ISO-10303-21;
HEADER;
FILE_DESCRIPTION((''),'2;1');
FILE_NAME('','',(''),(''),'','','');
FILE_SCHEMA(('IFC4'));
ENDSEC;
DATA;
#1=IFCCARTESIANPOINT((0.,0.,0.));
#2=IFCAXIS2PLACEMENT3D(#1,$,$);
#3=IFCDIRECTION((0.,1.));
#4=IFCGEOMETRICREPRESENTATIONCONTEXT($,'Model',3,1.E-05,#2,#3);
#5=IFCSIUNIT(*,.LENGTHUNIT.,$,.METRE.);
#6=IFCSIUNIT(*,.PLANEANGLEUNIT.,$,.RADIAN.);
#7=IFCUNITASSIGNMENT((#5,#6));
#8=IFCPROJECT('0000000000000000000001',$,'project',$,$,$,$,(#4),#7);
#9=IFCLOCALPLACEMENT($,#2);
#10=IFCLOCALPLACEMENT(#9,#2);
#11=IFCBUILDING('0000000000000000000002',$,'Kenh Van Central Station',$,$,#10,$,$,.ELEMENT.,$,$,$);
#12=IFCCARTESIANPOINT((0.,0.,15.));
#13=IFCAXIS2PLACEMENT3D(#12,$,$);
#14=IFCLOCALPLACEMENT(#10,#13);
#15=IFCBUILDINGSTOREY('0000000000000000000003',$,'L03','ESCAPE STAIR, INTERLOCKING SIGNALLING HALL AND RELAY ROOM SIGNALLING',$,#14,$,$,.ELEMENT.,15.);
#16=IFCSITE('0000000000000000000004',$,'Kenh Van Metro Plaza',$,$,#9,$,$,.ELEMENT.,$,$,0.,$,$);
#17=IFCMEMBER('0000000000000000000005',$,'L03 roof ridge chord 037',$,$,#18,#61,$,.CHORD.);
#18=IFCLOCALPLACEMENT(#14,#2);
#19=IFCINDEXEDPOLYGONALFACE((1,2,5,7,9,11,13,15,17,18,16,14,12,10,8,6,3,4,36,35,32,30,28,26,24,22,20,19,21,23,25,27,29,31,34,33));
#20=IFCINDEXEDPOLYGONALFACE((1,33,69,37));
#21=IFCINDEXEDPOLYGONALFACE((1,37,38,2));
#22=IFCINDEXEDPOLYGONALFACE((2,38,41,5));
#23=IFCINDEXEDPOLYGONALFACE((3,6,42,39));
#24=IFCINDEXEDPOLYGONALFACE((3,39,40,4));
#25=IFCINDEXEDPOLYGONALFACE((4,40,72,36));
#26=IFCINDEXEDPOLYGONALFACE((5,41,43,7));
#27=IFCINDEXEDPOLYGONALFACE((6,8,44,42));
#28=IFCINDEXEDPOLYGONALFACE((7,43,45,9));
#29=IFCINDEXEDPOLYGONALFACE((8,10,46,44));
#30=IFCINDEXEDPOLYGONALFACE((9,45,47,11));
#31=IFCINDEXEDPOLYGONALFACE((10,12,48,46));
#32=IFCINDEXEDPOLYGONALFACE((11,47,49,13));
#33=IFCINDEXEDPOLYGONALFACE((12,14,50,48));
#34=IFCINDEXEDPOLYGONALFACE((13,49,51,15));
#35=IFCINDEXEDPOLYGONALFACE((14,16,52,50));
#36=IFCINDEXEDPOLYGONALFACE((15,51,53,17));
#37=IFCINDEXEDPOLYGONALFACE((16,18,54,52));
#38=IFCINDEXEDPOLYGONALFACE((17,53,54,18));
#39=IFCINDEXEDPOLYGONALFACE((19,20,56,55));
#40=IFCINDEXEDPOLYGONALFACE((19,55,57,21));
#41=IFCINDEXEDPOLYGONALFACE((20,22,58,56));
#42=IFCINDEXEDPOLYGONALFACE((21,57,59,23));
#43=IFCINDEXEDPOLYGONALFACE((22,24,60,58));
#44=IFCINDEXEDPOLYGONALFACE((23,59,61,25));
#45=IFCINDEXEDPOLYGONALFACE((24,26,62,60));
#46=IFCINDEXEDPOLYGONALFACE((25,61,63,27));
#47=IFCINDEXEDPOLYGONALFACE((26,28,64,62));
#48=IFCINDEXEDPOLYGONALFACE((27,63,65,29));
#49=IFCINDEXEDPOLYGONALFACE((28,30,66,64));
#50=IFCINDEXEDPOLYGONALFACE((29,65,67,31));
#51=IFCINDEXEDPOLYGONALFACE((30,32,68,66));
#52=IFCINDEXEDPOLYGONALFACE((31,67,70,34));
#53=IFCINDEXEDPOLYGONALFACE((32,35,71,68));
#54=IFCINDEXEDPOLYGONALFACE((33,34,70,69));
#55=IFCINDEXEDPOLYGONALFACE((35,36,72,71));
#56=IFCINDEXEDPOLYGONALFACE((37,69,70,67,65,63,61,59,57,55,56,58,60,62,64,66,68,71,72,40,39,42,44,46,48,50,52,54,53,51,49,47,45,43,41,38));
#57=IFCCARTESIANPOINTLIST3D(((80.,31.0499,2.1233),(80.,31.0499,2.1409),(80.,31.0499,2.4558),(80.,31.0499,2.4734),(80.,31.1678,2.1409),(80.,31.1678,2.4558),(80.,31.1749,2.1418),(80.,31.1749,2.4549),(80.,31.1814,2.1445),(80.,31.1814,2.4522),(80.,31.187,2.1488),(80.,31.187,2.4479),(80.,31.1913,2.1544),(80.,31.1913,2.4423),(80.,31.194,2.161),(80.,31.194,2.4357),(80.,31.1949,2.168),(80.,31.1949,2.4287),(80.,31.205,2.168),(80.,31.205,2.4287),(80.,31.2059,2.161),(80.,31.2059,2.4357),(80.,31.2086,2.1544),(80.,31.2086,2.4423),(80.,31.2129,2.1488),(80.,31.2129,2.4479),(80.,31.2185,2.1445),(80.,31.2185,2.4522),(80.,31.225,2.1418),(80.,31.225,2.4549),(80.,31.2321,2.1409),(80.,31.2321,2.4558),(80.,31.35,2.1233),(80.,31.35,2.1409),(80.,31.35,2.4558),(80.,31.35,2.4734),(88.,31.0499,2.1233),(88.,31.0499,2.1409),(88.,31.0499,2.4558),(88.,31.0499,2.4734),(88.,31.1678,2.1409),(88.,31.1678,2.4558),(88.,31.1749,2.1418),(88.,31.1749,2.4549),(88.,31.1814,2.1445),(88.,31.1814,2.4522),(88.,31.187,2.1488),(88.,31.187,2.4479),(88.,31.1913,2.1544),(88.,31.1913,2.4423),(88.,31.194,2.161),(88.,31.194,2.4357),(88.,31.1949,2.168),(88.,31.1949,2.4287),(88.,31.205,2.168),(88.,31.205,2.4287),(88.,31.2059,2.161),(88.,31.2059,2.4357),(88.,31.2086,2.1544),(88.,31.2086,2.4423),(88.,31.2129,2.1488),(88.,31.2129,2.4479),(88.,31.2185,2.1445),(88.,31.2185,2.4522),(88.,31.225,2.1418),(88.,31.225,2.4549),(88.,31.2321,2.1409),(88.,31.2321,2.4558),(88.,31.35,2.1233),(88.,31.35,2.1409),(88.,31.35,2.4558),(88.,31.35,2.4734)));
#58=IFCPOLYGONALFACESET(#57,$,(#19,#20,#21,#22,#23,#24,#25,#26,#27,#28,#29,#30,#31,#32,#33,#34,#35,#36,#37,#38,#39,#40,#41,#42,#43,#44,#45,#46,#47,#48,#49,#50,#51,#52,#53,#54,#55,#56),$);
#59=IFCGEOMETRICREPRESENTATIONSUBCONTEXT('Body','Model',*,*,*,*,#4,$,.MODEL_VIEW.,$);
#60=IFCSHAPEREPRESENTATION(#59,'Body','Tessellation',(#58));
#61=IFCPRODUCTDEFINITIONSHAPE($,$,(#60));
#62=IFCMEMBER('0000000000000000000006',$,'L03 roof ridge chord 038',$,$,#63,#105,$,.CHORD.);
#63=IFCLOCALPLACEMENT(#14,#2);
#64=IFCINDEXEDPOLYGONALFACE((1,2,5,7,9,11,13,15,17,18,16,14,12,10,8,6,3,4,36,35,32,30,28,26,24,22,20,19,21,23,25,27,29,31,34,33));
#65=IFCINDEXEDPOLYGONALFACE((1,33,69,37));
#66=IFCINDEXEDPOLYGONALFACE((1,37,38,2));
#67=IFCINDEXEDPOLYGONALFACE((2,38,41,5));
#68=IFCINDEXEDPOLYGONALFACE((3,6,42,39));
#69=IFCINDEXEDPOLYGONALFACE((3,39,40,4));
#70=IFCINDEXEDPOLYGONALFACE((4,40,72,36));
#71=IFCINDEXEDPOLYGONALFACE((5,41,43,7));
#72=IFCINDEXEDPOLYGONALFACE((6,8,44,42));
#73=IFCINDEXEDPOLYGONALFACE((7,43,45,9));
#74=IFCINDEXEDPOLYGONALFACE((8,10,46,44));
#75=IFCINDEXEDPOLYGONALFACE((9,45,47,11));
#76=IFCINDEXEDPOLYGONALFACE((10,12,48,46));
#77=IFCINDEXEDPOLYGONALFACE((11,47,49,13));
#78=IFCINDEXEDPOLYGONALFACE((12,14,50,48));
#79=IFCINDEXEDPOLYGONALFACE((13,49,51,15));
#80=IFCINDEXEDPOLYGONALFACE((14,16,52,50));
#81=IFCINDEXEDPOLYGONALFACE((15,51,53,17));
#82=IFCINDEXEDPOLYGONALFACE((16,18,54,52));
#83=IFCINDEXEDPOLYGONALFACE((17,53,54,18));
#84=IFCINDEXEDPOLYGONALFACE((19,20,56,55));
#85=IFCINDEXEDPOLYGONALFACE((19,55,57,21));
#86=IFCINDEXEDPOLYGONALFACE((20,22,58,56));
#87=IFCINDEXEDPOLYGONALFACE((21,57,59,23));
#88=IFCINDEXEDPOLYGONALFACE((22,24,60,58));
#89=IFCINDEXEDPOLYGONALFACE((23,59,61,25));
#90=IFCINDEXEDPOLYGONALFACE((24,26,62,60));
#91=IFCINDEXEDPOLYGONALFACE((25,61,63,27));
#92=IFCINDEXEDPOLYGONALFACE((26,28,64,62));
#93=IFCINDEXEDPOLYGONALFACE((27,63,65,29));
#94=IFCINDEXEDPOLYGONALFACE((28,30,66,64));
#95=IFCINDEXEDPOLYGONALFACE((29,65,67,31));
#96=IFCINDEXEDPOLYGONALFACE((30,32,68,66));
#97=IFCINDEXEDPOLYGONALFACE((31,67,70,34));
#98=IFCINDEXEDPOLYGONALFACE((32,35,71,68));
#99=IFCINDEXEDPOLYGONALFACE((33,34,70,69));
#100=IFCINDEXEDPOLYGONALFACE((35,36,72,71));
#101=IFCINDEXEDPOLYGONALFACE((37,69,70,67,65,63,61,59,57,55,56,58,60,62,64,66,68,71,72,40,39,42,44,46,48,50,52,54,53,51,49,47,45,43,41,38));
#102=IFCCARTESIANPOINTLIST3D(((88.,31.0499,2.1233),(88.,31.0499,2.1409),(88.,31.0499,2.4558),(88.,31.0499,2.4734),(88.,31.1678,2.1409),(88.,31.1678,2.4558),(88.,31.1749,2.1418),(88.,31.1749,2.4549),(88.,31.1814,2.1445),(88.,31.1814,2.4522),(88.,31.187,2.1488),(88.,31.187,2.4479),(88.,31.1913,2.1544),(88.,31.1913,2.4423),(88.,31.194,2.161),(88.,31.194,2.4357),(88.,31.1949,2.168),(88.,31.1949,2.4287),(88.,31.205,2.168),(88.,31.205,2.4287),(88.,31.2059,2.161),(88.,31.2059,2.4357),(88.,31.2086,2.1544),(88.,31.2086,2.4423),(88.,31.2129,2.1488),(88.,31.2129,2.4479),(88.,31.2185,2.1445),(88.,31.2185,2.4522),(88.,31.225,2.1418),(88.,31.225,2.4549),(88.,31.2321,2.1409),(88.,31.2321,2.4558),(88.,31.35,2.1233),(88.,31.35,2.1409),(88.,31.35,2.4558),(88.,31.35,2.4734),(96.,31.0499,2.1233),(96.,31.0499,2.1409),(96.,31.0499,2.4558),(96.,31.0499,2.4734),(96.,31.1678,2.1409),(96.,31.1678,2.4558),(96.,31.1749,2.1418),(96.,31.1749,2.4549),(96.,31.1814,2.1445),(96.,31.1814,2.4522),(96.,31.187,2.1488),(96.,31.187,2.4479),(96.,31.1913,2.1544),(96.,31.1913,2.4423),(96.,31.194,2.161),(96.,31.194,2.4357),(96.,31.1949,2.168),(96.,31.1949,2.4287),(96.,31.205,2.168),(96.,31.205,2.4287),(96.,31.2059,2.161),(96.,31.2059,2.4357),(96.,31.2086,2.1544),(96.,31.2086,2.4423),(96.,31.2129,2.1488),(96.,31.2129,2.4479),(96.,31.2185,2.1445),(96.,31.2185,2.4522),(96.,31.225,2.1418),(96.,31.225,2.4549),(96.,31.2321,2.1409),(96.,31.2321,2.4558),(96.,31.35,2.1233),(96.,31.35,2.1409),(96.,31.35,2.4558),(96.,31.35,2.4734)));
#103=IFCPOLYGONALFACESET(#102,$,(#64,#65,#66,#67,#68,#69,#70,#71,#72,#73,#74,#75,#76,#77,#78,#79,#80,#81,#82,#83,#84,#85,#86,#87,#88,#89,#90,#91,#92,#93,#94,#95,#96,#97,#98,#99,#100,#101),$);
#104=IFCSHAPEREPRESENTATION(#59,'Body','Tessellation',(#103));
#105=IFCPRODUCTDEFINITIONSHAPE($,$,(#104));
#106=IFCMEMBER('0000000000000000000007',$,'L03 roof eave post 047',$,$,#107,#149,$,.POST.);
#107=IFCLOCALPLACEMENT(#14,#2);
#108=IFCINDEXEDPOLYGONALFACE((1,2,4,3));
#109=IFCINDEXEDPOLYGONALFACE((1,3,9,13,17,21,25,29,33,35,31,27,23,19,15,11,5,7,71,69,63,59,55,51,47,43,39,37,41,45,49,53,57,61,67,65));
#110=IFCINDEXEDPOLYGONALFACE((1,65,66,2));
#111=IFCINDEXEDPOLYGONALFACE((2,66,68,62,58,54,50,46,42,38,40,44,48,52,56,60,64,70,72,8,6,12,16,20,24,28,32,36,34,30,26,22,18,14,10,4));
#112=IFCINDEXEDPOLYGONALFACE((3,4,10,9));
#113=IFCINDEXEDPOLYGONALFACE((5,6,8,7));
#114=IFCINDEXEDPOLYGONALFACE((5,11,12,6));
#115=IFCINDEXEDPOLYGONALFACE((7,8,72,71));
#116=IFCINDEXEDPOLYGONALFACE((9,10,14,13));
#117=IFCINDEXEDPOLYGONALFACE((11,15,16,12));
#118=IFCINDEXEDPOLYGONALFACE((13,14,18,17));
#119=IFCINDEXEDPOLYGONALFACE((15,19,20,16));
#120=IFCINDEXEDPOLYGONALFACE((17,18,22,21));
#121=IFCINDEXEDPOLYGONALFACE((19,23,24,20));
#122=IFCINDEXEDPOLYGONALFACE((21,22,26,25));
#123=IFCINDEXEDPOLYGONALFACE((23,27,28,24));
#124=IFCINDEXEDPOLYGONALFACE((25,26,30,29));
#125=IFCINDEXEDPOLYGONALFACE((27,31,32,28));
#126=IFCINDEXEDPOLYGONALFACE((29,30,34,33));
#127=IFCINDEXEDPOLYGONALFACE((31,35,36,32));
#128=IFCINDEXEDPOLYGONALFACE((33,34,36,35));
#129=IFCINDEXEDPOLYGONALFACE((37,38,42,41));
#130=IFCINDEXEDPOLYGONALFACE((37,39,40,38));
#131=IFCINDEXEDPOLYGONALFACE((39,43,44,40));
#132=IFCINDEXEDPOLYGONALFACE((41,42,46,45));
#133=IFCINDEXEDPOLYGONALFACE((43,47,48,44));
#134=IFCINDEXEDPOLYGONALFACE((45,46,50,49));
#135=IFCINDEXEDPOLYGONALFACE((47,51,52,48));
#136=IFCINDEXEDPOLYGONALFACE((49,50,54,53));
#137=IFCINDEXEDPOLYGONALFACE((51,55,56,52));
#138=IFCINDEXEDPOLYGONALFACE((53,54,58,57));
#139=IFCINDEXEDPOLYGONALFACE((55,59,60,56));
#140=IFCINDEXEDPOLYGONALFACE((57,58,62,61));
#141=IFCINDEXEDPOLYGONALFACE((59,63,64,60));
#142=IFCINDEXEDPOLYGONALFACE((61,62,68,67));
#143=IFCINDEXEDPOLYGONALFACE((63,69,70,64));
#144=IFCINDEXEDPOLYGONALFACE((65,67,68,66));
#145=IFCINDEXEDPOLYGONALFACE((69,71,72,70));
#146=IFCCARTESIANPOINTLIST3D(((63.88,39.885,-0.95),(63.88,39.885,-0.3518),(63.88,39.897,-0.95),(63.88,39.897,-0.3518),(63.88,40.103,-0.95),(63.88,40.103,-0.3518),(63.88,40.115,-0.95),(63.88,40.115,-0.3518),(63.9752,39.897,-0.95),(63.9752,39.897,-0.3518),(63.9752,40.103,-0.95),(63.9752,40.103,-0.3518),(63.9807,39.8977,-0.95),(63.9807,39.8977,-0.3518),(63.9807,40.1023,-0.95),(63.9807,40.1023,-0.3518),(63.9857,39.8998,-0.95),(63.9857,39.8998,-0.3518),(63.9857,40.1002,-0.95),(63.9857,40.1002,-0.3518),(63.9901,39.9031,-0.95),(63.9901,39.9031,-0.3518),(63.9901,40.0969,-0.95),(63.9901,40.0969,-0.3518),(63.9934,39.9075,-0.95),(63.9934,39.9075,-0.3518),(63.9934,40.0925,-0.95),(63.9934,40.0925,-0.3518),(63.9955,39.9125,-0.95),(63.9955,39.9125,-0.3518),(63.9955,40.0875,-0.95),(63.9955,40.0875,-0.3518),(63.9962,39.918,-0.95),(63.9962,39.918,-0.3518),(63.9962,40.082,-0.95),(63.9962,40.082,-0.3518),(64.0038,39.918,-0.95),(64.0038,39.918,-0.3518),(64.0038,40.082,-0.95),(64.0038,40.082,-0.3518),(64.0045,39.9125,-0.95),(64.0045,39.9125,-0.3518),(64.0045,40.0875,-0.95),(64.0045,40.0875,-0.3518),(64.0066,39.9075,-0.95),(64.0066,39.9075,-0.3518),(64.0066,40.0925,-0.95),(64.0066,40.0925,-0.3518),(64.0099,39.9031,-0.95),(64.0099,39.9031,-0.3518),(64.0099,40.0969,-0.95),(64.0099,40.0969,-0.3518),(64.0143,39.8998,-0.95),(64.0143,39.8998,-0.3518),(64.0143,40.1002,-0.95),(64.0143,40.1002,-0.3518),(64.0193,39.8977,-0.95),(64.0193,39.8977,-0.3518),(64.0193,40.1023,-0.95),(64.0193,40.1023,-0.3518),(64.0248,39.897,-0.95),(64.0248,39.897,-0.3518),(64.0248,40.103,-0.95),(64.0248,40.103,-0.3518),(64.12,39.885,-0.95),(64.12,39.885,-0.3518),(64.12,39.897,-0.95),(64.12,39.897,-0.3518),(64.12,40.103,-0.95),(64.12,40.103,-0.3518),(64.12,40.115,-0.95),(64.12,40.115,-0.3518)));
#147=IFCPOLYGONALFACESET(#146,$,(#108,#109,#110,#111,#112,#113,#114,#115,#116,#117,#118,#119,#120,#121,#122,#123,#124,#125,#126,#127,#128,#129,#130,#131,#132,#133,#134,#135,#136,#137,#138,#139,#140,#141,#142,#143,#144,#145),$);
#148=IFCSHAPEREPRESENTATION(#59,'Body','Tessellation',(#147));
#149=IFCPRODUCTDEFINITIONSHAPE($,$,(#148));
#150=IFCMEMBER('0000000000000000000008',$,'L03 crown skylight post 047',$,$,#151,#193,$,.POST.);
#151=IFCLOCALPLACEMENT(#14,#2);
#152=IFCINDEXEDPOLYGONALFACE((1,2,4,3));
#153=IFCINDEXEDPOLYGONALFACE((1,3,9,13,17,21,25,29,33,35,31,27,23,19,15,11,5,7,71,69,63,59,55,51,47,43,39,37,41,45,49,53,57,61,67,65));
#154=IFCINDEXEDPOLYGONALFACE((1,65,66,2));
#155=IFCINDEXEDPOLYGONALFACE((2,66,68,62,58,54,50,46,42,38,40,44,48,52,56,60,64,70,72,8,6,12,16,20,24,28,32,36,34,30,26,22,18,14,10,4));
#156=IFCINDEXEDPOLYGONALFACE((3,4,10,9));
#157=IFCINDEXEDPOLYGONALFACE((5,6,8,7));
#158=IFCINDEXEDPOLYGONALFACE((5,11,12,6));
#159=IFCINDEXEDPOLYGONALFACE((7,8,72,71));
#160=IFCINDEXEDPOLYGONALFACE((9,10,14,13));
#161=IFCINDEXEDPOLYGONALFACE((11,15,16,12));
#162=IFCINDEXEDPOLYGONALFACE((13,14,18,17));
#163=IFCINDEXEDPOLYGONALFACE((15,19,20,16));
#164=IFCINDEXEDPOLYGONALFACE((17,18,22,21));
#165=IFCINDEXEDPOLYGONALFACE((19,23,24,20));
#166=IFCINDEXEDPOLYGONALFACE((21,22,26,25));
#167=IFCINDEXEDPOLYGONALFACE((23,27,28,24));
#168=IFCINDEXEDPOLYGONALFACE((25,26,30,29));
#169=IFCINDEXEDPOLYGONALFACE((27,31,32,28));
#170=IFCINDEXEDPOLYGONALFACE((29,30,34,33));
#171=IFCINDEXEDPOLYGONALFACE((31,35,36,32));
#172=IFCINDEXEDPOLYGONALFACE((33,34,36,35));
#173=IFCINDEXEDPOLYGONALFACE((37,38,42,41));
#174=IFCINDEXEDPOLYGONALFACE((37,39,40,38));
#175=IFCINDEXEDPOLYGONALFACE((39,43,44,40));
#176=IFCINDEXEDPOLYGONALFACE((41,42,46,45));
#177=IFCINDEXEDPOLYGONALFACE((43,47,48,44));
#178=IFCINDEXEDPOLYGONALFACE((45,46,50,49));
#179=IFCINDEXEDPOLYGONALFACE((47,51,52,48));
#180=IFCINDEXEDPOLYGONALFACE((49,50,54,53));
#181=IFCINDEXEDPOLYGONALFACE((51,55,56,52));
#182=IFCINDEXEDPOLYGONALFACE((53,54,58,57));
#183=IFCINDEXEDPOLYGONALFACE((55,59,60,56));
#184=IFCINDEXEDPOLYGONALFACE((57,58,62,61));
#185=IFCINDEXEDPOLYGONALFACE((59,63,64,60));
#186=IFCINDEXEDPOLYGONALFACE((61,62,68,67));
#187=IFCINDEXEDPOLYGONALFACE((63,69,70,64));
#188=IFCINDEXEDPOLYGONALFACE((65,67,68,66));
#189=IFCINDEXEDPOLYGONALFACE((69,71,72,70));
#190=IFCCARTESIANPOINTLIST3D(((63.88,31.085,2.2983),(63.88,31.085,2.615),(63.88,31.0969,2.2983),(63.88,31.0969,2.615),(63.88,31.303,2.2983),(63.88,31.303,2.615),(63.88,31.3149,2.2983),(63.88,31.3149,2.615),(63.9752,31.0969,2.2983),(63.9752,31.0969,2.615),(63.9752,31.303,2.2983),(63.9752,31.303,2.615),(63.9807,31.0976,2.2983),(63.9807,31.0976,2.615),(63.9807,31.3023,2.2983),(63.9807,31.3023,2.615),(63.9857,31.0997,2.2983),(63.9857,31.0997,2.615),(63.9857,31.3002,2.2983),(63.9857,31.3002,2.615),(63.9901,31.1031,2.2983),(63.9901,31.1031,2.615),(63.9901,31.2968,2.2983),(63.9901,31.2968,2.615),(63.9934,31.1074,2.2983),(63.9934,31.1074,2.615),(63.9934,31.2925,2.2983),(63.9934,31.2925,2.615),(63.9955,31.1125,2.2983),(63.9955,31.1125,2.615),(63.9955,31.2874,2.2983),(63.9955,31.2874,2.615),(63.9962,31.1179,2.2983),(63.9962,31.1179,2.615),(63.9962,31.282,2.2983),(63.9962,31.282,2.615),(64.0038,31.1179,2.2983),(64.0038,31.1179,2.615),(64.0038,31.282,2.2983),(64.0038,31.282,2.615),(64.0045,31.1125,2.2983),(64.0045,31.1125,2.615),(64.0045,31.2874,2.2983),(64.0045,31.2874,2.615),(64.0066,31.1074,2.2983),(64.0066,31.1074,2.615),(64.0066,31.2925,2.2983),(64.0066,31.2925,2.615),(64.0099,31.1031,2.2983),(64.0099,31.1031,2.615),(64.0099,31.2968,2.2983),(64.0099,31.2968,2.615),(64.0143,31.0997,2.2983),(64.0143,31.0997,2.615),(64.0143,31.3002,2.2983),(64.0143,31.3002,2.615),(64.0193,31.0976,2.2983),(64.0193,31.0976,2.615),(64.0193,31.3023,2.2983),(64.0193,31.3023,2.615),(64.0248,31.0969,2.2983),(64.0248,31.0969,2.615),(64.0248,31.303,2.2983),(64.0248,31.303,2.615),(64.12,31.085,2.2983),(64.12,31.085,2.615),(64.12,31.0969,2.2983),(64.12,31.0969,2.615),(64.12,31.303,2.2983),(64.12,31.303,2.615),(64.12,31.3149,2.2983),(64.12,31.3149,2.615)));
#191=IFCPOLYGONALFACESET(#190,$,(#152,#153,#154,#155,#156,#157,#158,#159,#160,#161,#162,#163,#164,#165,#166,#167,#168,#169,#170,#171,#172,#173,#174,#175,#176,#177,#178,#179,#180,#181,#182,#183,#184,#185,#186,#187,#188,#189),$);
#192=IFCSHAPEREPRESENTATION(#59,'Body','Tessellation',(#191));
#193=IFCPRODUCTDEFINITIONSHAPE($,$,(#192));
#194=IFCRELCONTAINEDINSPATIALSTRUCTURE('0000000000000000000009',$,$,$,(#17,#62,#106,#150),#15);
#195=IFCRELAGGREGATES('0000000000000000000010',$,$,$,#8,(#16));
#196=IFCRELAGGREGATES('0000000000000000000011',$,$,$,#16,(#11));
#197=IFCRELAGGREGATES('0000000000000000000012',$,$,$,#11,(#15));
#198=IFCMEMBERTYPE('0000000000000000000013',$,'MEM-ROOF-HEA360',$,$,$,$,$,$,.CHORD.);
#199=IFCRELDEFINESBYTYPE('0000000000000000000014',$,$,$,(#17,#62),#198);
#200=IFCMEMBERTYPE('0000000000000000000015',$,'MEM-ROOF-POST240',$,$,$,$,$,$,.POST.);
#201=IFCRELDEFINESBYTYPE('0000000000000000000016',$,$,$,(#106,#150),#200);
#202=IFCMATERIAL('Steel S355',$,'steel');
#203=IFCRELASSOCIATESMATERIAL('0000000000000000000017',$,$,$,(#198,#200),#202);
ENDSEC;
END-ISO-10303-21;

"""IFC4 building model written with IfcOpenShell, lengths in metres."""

from ifc_helpers import new_model, si_unit, direction, frame, origin, origin_2d, place, context, subcontext, project, spatial, i_section, extrude, material, material_profile, profile_set, type_object, element, save


model = new_model("IFC4")

# Units and contexts
model_context = context("Model", 3, precision=1e-05, world=origin(), true_north=direction((0.0, 1.0)))
body_context = subcontext(model_context, "Body", "Model", "MODEL_VIEW")
ifc_project = project(units=[si_unit("LENGTHUNIT", "METRE"), si_unit("PLANEANGLEUNIT", "RADIAN")], contexts=[model_context])

# Site, building, storey
site_placement = place(None, origin())
site = spatial("IfcSite", under=ifc_project, at=site_placement, Name="Kenh Van Metro Plaza", CompositionType="ELEMENT", RefElevation=0.0)
building_placement = place(site_placement, origin())
building = spatial("IfcBuilding", under=site, at=building_placement, Name="Kenh Van Central Station", CompositionType="ELEMENT")
storey_placement = place(building_placement, frame((0.0, 0.0, 15.0)))
storey = spatial("IfcBuildingStorey", under=building, at=storey_placement, Name="L03", Description="ESCAPE STAIR, INTERLOCKING SIGNALLING HALL AND RELAY ROOM SIGNALLING", CompositionType="ELEMENT", Elevation=15.0)

# Shared definitions
ifc_material_1 = material(Name="Steel S355", Category="steel")

# Members
ifc_material_profile_1 = material_profile(ifc_material_1, i_section(OverallWidth=0.3, OverallDepth=0.3501, WebThickness=0.01, FlangeThickness=0.0176, FilletRadius=0.0271, at=origin_2d()), Name="HEA 360")
ifc_profile_set_1 = profile_set([ifc_material_profile_1], Name="Steel S355")
member_type_1 = type_object("IfcMemberType", Name="MEM-ROOF-HEA360", PredefinedType="CHORD", material=ifc_profile_set_1)
for number, where, z_axis, x_axis, name in (
    (1, (80.0, 31.2, 2.2983), (1.0, 0.0, 0.0), (0.0, 1.0, 0.0), "L03 roof ridge chord 037"),
    (2, (88.0, 31.2, 2.2983), (1.0, 0.0, 0.0), (0.0, 1.0, 0.0), "L03 roof ridge chord 038"),
):
    element("IfcMember", number, at=place(storey_placement, frame(where, z_axis=z_axis, x_axis=x_axis)), inside=storey, type_object=member_type_1, Name=name, PredefinedType="CHORD", context=body_context, shape_type="SweptSolid", body=[
        extrude(i_section(OverallWidth=0.3, OverallDepth=0.3501, WebThickness=0.01, FlangeThickness=0.0176, FilletRadius=0.0271, at=origin_2d()), origin(), (0.0, 0.0, 1.0), 8.0),
    ])
ifc_material_profile_2 = material_profile(ifc_material_1, i_section(OverallWidth=0.24, OverallDepth=0.23, WebThickness=0.0076, FlangeThickness=0.012, FilletRadius=0.021, at=origin_2d()), Name="HEA 240")
ifc_profile_set_2 = profile_set([ifc_material_profile_2], Name="Steel S355")
member_type_2 = type_object("IfcMemberType", Name="MEM-ROOF-POST240", PredefinedType="POST", material=ifc_profile_set_2)
member_1_placement = place(storey_placement, frame((64.0, 40.0, -0.95), z_axis=(0.0, 0.0, 1.0), x_axis=(1.0, 0.0, 0.0)))
element("IfcMember", 3, at=member_1_placement, inside=storey, type_object=member_type_2, Name="L03 roof eave post 047", PredefinedType="POST", context=body_context, shape_type="SweptSolid", body=[
    extrude(i_section(OverallWidth=0.24, OverallDepth=0.23, WebThickness=0.0076, FlangeThickness=0.012, FilletRadius=0.021, at=origin_2d()), origin(), (0.0, 0.0, 1.0), 0.5981),
])
member_2_placement = place(storey_placement, frame((64.0, 31.2, 2.2983), z_axis=(0.0, 0.0, 1.0), x_axis=(1.0, 0.0, 0.0)))
element("IfcMember", 4, at=member_2_placement, inside=storey, type_object=member_type_2, Name="L03 crown skylight post 047", PredefinedType="POST", context=body_context, shape_type="SweptSolid", body=[
    extrude(i_section(OverallWidth=0.24, OverallDepth=0.23, WebThickness=0.0076, FlangeThickness=0.012, FilletRadius=0.021, at=origin_2d()), origin(), (0.0, 0.0, 1.0), 0.3167),
])

save(model, "model.ifc")
